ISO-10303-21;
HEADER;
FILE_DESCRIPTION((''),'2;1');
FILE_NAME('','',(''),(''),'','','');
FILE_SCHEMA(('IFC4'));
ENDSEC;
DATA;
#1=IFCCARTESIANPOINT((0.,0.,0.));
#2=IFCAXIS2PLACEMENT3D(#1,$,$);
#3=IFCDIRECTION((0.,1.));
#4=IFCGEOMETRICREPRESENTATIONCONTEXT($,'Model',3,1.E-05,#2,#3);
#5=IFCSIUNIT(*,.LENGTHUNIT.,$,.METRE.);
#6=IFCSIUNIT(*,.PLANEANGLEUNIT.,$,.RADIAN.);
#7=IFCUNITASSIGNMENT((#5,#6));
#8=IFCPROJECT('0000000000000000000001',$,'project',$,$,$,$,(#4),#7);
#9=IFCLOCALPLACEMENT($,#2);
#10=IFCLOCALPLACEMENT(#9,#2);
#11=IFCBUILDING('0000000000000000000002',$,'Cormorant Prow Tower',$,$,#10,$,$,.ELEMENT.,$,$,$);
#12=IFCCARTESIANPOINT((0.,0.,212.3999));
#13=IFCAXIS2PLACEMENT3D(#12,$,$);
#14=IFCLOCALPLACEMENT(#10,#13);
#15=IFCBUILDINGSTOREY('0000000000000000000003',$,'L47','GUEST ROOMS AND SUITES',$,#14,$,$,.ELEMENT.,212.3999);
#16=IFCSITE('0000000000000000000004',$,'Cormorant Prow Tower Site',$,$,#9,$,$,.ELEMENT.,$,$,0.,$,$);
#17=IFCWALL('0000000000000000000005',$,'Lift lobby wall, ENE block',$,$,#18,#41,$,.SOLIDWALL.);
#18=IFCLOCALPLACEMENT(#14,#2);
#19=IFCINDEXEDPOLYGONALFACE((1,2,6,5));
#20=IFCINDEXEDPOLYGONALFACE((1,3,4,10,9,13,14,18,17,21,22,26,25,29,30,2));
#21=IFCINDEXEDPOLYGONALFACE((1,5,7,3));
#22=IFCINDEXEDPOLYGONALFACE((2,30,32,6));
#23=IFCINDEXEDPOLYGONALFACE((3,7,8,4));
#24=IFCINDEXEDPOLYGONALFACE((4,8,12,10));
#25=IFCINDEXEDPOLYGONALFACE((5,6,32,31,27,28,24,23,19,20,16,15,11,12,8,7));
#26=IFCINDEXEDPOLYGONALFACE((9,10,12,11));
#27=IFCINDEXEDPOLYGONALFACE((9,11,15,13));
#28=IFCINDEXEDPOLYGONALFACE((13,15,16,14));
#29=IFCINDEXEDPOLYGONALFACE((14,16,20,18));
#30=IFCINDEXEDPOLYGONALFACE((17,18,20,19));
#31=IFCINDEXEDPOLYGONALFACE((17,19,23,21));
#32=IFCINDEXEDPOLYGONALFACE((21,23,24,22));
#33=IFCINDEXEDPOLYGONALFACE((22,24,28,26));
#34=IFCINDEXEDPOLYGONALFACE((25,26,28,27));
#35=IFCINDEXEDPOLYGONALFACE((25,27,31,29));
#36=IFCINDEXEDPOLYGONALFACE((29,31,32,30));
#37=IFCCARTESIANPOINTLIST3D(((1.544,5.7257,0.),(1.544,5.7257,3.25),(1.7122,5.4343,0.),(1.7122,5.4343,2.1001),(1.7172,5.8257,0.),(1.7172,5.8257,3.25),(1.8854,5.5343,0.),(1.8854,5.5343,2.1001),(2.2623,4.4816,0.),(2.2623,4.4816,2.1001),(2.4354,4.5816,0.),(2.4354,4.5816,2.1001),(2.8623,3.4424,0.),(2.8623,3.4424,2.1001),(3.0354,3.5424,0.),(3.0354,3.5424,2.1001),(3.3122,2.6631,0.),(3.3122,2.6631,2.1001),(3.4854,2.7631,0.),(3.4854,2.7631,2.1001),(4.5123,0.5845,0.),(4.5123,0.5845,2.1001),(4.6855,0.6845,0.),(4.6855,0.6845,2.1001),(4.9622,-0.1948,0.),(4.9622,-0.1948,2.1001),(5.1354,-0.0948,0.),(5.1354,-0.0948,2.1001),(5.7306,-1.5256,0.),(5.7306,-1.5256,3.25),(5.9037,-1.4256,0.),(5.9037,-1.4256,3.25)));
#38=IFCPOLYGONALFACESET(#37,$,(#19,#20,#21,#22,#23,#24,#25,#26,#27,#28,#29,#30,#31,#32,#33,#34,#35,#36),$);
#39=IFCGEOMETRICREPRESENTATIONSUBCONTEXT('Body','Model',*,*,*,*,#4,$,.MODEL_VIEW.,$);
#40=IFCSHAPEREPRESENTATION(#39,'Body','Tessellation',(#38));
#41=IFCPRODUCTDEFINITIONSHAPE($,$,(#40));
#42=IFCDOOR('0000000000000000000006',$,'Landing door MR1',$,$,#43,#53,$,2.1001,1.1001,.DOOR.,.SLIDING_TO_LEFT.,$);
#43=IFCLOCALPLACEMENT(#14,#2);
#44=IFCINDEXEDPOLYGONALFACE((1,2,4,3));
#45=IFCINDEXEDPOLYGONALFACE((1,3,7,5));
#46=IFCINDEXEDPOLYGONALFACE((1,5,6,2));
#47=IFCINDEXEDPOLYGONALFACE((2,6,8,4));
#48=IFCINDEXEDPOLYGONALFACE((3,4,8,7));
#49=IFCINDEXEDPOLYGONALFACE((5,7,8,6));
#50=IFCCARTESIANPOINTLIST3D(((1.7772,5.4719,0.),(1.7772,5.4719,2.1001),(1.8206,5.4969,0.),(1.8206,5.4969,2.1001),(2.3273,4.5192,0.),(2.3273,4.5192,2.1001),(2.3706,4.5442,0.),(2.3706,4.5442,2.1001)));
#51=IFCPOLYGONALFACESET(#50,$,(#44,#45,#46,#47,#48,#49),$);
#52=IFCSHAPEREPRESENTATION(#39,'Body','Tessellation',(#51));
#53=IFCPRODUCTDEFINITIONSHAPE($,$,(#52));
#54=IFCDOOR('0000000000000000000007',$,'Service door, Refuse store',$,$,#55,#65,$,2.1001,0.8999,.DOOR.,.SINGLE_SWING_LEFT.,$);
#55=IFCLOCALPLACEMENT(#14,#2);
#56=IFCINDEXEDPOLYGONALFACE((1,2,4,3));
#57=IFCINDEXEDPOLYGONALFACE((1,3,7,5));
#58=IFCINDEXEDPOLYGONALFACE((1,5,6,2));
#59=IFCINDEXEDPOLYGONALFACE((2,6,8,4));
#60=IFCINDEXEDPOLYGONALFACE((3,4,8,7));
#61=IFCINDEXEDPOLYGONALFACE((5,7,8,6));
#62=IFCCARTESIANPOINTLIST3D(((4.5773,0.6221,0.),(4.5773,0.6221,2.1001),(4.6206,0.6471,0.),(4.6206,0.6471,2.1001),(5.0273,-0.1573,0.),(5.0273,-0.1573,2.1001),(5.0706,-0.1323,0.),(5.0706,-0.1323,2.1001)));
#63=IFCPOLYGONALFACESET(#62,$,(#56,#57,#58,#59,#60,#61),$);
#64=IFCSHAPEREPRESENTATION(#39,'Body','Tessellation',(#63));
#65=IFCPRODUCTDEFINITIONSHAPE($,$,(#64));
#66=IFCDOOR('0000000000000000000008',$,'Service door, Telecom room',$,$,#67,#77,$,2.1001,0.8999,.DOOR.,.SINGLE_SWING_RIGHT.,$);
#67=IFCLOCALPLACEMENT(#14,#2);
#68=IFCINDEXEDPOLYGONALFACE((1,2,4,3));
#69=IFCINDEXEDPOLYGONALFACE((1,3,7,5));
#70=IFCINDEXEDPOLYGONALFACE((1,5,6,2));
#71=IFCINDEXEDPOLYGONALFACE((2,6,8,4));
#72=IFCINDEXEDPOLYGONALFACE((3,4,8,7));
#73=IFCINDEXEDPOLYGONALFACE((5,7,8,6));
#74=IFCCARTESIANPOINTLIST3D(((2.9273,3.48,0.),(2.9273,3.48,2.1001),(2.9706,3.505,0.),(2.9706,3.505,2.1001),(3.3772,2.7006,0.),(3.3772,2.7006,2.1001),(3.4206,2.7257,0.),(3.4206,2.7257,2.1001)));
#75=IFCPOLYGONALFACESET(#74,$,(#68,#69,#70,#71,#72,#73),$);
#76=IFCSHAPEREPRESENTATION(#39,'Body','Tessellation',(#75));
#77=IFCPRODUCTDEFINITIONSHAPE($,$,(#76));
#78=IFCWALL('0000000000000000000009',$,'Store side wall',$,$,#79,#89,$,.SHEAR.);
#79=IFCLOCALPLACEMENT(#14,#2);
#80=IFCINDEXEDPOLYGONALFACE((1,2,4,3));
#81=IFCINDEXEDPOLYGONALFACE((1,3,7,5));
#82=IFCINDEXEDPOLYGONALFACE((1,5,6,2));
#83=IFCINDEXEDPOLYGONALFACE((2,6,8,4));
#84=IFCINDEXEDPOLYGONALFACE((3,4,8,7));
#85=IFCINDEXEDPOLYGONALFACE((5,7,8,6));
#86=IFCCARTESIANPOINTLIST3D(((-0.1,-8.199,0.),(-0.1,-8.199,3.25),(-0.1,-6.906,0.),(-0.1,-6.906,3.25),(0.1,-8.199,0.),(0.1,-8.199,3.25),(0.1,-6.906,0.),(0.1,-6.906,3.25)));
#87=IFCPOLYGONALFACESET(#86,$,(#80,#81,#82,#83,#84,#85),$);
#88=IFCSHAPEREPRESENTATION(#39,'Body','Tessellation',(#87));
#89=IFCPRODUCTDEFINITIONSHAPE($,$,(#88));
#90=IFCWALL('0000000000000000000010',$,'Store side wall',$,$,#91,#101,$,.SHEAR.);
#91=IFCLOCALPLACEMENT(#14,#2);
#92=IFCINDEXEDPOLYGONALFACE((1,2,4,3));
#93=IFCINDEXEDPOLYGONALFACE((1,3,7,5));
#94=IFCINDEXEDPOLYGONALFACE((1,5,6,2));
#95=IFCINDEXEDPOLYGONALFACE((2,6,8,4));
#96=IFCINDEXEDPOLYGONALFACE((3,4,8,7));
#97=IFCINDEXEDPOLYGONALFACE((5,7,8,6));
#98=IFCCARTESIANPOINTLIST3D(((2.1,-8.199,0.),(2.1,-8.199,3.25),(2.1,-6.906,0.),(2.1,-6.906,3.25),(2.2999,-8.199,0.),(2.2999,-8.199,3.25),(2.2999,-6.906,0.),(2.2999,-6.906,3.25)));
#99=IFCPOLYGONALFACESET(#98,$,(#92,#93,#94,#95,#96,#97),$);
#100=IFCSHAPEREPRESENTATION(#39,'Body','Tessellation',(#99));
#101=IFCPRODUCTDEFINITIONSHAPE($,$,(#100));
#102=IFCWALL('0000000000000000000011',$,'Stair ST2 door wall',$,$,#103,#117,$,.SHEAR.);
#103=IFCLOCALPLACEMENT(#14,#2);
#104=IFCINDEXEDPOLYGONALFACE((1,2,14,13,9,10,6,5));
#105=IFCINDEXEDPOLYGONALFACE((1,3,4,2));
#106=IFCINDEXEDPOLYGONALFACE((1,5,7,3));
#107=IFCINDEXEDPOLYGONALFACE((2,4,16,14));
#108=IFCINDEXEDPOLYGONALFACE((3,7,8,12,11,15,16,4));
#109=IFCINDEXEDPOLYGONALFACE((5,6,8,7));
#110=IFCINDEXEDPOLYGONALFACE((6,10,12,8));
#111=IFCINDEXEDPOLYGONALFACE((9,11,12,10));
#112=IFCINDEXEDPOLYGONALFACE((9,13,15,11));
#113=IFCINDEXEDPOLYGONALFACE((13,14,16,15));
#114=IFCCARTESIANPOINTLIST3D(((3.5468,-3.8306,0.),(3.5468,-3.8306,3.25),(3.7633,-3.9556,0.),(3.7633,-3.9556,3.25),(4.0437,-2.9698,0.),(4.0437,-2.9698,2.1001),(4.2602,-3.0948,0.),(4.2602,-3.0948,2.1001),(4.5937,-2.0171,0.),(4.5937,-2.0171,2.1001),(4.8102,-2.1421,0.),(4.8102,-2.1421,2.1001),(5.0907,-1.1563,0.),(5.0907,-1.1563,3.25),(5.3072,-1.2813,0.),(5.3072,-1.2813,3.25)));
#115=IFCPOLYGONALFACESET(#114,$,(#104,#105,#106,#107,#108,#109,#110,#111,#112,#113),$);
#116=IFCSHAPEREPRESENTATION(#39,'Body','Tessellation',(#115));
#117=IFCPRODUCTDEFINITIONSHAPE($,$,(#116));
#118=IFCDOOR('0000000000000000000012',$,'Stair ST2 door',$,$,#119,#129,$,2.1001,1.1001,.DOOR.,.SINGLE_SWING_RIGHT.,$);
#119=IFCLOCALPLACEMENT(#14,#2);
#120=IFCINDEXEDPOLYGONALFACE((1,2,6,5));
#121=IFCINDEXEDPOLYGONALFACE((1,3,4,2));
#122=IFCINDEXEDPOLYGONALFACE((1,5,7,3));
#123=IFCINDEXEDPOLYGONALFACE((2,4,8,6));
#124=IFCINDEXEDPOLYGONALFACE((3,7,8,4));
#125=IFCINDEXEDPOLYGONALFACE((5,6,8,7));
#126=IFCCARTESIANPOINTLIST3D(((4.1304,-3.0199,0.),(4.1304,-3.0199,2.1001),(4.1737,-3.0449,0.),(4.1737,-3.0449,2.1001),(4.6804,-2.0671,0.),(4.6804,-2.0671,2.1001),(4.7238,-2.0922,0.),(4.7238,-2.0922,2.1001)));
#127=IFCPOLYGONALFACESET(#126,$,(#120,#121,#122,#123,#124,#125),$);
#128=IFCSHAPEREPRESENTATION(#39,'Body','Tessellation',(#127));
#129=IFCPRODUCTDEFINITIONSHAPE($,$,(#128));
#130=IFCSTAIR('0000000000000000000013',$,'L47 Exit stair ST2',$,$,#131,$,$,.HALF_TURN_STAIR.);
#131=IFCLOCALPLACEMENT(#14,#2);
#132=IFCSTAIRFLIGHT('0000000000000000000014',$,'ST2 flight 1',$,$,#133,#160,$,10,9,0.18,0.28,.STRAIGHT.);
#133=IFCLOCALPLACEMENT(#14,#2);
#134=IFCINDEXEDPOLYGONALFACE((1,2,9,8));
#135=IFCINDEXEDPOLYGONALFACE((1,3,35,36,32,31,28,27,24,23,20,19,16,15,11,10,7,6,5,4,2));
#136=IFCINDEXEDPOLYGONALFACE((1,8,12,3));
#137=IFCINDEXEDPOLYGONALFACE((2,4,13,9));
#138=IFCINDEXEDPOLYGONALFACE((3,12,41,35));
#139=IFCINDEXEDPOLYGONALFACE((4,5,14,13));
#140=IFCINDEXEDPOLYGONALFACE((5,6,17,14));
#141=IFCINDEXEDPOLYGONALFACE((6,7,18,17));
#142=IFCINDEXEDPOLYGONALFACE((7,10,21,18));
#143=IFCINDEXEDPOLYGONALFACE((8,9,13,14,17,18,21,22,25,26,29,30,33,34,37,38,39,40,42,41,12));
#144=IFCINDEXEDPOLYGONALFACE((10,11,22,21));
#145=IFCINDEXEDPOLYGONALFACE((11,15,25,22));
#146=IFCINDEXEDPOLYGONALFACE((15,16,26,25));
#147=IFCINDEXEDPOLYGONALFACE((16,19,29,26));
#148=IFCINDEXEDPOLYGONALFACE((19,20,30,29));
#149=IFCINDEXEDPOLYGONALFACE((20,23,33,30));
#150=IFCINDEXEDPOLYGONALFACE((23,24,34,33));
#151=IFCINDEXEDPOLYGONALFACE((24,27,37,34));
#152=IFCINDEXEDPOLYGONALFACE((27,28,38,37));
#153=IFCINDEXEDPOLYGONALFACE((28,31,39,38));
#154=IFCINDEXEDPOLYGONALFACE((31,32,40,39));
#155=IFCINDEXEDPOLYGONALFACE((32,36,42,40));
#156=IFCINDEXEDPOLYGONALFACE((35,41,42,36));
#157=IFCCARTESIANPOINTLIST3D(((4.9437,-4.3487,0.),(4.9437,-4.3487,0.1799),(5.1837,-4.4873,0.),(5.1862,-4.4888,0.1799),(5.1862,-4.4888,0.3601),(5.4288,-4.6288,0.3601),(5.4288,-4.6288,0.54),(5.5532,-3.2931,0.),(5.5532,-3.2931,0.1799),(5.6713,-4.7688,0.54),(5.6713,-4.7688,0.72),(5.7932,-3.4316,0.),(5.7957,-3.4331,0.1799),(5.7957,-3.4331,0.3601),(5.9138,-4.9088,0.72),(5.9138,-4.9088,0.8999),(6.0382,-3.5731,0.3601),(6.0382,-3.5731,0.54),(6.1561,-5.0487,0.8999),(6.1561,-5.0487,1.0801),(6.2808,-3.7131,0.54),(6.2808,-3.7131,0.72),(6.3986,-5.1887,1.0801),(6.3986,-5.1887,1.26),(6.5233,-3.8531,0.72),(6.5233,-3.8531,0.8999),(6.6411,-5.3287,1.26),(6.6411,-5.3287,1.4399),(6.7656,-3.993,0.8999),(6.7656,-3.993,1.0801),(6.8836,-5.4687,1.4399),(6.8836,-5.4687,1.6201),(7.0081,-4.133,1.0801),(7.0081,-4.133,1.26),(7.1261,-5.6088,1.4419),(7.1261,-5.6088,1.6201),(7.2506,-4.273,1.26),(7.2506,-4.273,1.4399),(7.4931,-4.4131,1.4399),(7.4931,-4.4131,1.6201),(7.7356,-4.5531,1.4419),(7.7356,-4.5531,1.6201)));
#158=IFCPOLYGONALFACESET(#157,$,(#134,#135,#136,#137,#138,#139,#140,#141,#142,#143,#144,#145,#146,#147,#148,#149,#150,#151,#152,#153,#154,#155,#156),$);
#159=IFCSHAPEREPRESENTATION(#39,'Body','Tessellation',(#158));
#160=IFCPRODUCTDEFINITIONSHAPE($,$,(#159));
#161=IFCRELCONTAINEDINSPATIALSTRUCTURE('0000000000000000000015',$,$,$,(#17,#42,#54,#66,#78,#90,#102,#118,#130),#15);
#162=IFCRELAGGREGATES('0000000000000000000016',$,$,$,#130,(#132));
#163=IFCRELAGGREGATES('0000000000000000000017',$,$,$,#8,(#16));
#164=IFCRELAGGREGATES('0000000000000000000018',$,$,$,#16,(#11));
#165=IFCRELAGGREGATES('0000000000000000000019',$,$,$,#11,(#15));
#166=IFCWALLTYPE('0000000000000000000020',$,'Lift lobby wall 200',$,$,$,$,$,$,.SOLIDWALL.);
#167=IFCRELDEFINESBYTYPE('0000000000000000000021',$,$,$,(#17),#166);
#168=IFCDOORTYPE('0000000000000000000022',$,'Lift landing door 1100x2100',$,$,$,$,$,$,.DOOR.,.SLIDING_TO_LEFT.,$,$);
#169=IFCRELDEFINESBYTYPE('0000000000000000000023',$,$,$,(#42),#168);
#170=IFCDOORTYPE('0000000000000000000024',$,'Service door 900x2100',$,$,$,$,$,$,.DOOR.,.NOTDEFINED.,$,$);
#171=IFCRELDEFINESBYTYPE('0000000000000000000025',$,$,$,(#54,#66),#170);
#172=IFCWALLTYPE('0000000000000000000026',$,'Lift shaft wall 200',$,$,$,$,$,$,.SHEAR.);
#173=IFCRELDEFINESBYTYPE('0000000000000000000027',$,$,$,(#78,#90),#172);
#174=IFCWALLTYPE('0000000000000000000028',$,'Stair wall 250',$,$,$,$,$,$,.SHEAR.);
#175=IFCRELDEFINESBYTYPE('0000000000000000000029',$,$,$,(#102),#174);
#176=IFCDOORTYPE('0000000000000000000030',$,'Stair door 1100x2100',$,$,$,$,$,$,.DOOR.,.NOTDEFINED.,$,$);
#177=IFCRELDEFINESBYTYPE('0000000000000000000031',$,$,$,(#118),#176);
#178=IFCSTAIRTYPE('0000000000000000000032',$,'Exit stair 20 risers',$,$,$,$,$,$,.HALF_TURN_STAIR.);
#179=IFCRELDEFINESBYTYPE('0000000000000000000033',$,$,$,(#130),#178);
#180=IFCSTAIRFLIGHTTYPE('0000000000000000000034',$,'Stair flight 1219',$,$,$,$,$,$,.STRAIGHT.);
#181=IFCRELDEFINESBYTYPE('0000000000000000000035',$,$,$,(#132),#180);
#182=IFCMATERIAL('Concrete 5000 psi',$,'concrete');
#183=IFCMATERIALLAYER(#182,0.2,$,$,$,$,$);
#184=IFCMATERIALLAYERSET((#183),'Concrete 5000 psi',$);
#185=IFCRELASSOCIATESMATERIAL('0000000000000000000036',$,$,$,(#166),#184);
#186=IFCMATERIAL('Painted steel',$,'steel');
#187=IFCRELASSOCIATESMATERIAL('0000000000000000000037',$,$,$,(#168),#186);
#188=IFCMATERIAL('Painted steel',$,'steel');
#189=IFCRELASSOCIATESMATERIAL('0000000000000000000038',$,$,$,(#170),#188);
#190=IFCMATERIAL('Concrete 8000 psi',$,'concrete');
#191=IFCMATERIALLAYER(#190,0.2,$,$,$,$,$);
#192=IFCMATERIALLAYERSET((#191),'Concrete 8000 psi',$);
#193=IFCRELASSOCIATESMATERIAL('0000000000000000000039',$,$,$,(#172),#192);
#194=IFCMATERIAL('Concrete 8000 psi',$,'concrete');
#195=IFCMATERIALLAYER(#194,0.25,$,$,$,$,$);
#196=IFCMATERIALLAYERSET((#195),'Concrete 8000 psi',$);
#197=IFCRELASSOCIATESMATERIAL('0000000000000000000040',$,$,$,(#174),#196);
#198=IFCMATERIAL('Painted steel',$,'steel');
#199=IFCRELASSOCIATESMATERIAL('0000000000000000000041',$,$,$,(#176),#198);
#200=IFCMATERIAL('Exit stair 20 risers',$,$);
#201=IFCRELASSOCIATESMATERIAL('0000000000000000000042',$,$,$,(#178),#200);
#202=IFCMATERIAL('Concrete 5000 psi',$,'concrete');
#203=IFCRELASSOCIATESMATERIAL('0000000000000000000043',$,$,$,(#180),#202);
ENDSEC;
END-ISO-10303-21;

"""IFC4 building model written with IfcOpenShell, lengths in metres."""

from ifc_helpers import new_model, si_unit, direction, frame, frame_2d, origin, place, context, subcontext, project, spatial, polyline, rectangle, outline, extrude, material, layer, layer_set, type_object, element, fill, aggregate, save


model = new_model("IFC4")

# Units and contexts
model_context = context("Model", 3, precision=1e-05, world=origin(), true_north=direction((0.0, 1.0)))
body_context = subcontext(model_context, "Body", "Model", "MODEL_VIEW")
ifc_project = project(units=[si_unit("LENGTHUNIT", "METRE"), si_unit("PLANEANGLEUNIT", "RADIAN")], contexts=[model_context])

# Site, building, storey
site_placement = place(None, origin())
site = spatial("IfcSite", under=ifc_project, at=site_placement, Name="Cormorant Prow Tower Site", CompositionType="ELEMENT", RefElevation=0.0)
building_placement = place(site_placement, origin())
building = spatial("IfcBuilding", under=site, at=building_placement, Name="Cormorant Prow Tower", CompositionType="ELEMENT")
storey_placement = place(building_placement, frame((0.0, 0.0, 212.3999)))
storey = spatial("IfcBuildingStorey", under=building, at=storey_placement, Name="L47", Description="GUEST ROOMS AND SUITES", CompositionType="ELEMENT", Elevation=212.3999)

# Wall, openings, doors
ifc_material_1 = material(Name="Concrete 5000 psi", Category="concrete")
ifc_layer_1 = layer(ifc_material_1, 0.2)
ifc_layer_set_1 = layer_set([ifc_layer_1], Name="Concrete 5000 psi")
wall_type_1 = type_object("IfcWallType", Name="Lift lobby wall 200", PredefinedType="SOLIDWALL", material=ifc_layer_set_1)
wall_1_placement = place(storey_placement, frame((5.8171, -1.4756, 0.0), z_axis=(0.0, 0.0, 1.0), x_axis=(-0.500003, 0.866024, 0.0)))
wall_1 = element("IfcWall", 1, at=wall_1_placement, inside=storey, type_object=wall_type_1, Name="Lift lobby wall, ENE block", PredefinedType="SOLIDWALL", context=body_context, shape_type="SweptSolid", body=[
    extrude(rectangle(XDim=8.373, YDim=0.2, at=frame_2d((4.1865, 0.0))), origin(), (0.0, 0.0, 1.0), 3.25),
])
opening_1_placement = place(wall_1_placement, frame((1.5366, 0.0, 0.0)))
opening_1 = element("IfcOpeningElement", 2, at=opening_1_placement, cuts=wall_1, PredefinedType="OPENING", context=body_context, shape_type="SweptSolid", body=[
    extrude(rectangle(XDim=0.8999, YDim=2.1001, at=frame_2d((0.45, 1.05))), frame((0.0, 0.1099, 0.0), z_axis=(0.0, -1.0, 0.0), x_axis=(1.0, 0.0, 0.0)), (0.0, 0.0, 1.0), 0.22),
])
opening_2_placement = place(wall_1_placement, frame((4.8367, 0.0, 0.0)))
opening_2 = element("IfcOpeningElement", 3, at=opening_2_placement, cuts=wall_1, PredefinedType="OPENING", context=body_context, shape_type="SweptSolid", body=[
    extrude(rectangle(XDim=0.8999, YDim=2.1001, at=frame_2d((0.45, 1.05))), frame((0.0, 0.1099, 0.0), z_axis=(0.0, -1.0, 0.0), x_axis=(1.0, 0.0, 0.0)), (0.0, 0.0, 1.0), 0.22),
])
opening_3_placement = place(wall_1_placement, frame((6.9365, 0.0, 0.0)))
opening_3 = element("IfcOpeningElement", 4, at=opening_3_placement, cuts=wall_1, PredefinedType="OPENING", context=body_context, shape_type="SweptSolid", body=[
    extrude(rectangle(XDim=1.1001, YDim=2.1001, at=frame_2d((0.55, 1.05))), frame((0.0, 0.1099, 0.0), z_axis=(0.0, -1.0, 0.0), x_axis=(1.0, 0.0, 0.0)), (0.0, 0.0, 1.0), 0.22),
])
ifc_material_2 = material(Name="Painted steel", Category="steel")
door_type_1 = type_object("IfcDoorType", Name="Lift landing door 1100x2100", OperationType="SLIDING_TO_LEFT", PredefinedType="DOOR", material=ifc_material_2)
door_1_placement = place(opening_3_placement, origin())
door_1 = element("IfcDoor", 5, at=door_1_placement, inside=storey, type_object=door_type_1, Name="Landing door MR1", OperationType="SLIDING_TO_LEFT", OverallHeight=2.1001, OverallWidth=1.1001, PredefinedType="DOOR", context=body_context, shape_type="SweptSolid", body=[
    extrude(rectangle(XDim=1.1001, YDim=2.1001, at=frame_2d((0.55, 1.05))), frame((0.0, 0.0249, 0.0), z_axis=(0.0, -1.0, 0.0), x_axis=(1.0, 0.0, 0.0)), (0.0, 0.0, 1.0), 0.05),
])
fill(opening_3, door_1)
ifc_material_3 = material(Name="Painted steel", Category="steel")
door_type_2 = type_object("IfcDoorType", Name="Service door 900x2100", OperationType="NOTDEFINED", PredefinedType="DOOR", material=ifc_material_3)
door_2_placement = place(opening_1_placement, origin())
door_2 = element("IfcDoor", 6, at=door_2_placement, inside=storey, type_object=door_type_2, Name="Service door, Refuse store", OperationType="SINGLE_SWING_LEFT", OverallHeight=2.1001, OverallWidth=0.8999, PredefinedType="DOOR", context=body_context, shape_type="SweptSolid", body=[
    extrude(rectangle(XDim=0.8999, YDim=2.1001, at=frame_2d((0.45, 1.05))), frame((0.0, 0.0249, 0.0), z_axis=(0.0, -1.0, 0.0), x_axis=(1.0, 0.0, 0.0)), (0.0, 0.0, 1.0), 0.05),
])
fill(opening_1, door_2)
door_3_placement = place(opening_2_placement, origin())
door_3 = element("IfcDoor", 7, at=door_3_placement, inside=storey, type_object=door_type_2, Name="Service door, Telecom room", OperationType="SINGLE_SWING_RIGHT", OverallHeight=2.1001, OverallWidth=0.8999, PredefinedType="DOOR", context=body_context, shape_type="SweptSolid", body=[
    extrude(rectangle(XDim=0.8999, YDim=2.1001, at=frame_2d((0.45, 1.05))), frame((0.0, 0.0249, 0.0), z_axis=(0.0, -1.0, 0.0), x_axis=(1.0, 0.0, 0.0)), (0.0, 0.0, 1.0), 0.05),
])
fill(opening_2, door_3)

# Walls
ifc_material_4 = material(Name="Concrete 8000 psi", Category="concrete")
ifc_layer_2 = layer(ifc_material_4, 0.2)
ifc_layer_set_2 = layer_set([ifc_layer_2], Name="Concrete 8000 psi")
wall_type_2 = type_object("IfcWallType", Name="Lift shaft wall 200", PredefinedType="SHEAR", material=ifc_layer_set_2)
for number, where, z_axis, x_axis, name in (
    (8, (0.0, -6.906, 0.0), (0.0, 0.0, 1.0), (0.0, -1.0, 0.0), "Store side wall"),
    (9, (2.2, -6.906, 0.0), (0.0, 0.0, 1.0), (0.0, -1.0, 0.0), "Store side wall"),
):
    element("IfcWall", number, at=place(storey_placement, frame(where, z_axis=z_axis, x_axis=x_axis)), inside=storey, type_object=wall_type_2, Name=name, PredefinedType="SHEAR", context=body_context, shape_type="SweptSolid", body=[
        extrude(rectangle(XDim=1.293, YDim=0.2, at=frame_2d((0.6465, 0.0))), origin(), (0.0, 0.0, 1.0), 3.25),
    ])

# Wall, opening, door
ifc_material_5 = material(Name="Concrete 8000 psi", Category="concrete")
ifc_layer_3 = layer(ifc_material_5, 0.25)
ifc_layer_set_3 = layer_set([ifc_layer_3], Name="Concrete 8000 psi")
wall_type_3 = type_object("IfcWallType", Name="Stair wall 250", PredefinedType="SHEAR", material=ifc_layer_set_3)
wall_2_placement = place(storey_placement, frame((3.655, -3.8931, 0.0), z_axis=(0.0, 0.0, 1.0), x_axis=(0.499983, 0.866035, 0.0)))
wall_2 = element("IfcWall", 10, at=wall_2_placement, inside=storey, type_object=wall_type_3, Name="Stair ST2 door wall", PredefinedType="SHEAR", context=body_context, shape_type="SweptSolid", body=[
    extrude(rectangle(XDim=3.0879, YDim=0.25, at=frame_2d((1.5439, 0.0))), origin(), (0.0, 0.0, 1.0), 3.25),
])
opening_4_placement = place(wall_2_placement, frame((0.9939, 0.0, 0.0)))
opening_4 = element("IfcOpeningElement", 11, at=opening_4_placement, cuts=wall_2, PredefinedType="OPENING", context=body_context, shape_type="SweptSolid", body=[
    extrude(rectangle(XDim=1.1001, YDim=2.1001, at=frame_2d((0.55, 1.05))), frame((0.0, 0.135, 0.0), z_axis=(0.0, -1.0, 0.0), x_axis=(1.0, 0.0, 0.0)), (0.0, 0.0, 1.0), 0.27),
])
ifc_material_6 = material(Name="Painted steel", Category="steel")
door_type_3 = type_object("IfcDoorType", Name="Stair door 1100x2100", OperationType="NOTDEFINED", PredefinedType="DOOR", material=ifc_material_6)
door_4_placement = place(opening_4_placement, origin())
door_4 = element("IfcDoor", 12, at=door_4_placement, inside=storey, type_object=door_type_3, Name="Stair ST2 door", OperationType="SINGLE_SWING_RIGHT", OverallHeight=2.1001, OverallWidth=1.1001, PredefinedType="DOOR", context=body_context, shape_type="SweptSolid", body=[
    extrude(rectangle(XDim=1.1001, YDim=2.1001, at=frame_2d((0.55, 1.05))), frame((0.0, 0.0249, 0.0), z_axis=(0.0, -1.0, 0.0), x_axis=(1.0, 0.0, 0.0)), (0.0, 0.0, 1.0), 0.05),
])
fill(opening_4, door_4)

# Stair, stair flight
ifc_material_7 = material(Name="Exit stair 20 risers")
stair_type = type_object("IfcStairType", Name="Exit stair 20 risers", PredefinedType="HALF_TURN_STAIR", material=ifc_material_7)
stair_placement = place(storey_placement, origin())
stair = element("IfcStair", 13, at=stair_placement, inside=storey, type_object=stair_type, Name="L47 Exit stair ST2", PredefinedType="HALF_TURN_STAIR")
ifc_material_8 = material(Name="Concrete 5000 psi", Category="concrete")
stair_flight_type = type_object("IfcStairFlightType", Name="Stair flight 1219", PredefinedType="STRAIGHT", material=ifc_material_8)
stair_flight_1_placement = place(storey_placement, frame((5.2485, -3.8208, 0.0), z_axis=(0.0, 0.0, 1.0), x_axis=(0.866025, -0.5, 0.0)))
stair_flight_1 = element("IfcStairFlight", 14, at=stair_flight_1_placement, type_object=stair_flight_type, Name="ST2 flight 1", NumberOfRisers=10, NumberOfTreads=9, PredefinedType="STRAIGHT", RiserHeight=0.18, TreadLength=0.28, context=body_context, shape_type="SweptSolid", body=[
    extrude(outline(polyline([(0.0, 0.0), (0.0, 0.1799), (0.28, 0.1799), (0.28, 0.3601), (0.5601, 0.3601), (0.5601, 0.54), (0.8401, 0.54), (0.8401, 0.72), (1.1201, 0.72), (1.1201, 0.8999), (1.3999, 0.8999), (1.3999, 1.0801), (1.6799, 1.0801), (1.6799, 1.26), (1.96, 1.26), (1.96, 1.4399), (2.24, 1.4399), (2.24, 1.6201), (2.52, 1.6201), (2.52, 1.8), (2.52, 1.4419), (0.2771, 0.0), (0.0, 0.0)])), frame((0.0, 0.6094, 0.0), z_axis=(0.0, -1.0, 0.0), x_axis=(1.0, 0.0, 0.0)), (0.0, 0.0, 1.0), 1.219),
])
aggregate(stair, [stair_flight_1])

save(model, "model.ifc")
